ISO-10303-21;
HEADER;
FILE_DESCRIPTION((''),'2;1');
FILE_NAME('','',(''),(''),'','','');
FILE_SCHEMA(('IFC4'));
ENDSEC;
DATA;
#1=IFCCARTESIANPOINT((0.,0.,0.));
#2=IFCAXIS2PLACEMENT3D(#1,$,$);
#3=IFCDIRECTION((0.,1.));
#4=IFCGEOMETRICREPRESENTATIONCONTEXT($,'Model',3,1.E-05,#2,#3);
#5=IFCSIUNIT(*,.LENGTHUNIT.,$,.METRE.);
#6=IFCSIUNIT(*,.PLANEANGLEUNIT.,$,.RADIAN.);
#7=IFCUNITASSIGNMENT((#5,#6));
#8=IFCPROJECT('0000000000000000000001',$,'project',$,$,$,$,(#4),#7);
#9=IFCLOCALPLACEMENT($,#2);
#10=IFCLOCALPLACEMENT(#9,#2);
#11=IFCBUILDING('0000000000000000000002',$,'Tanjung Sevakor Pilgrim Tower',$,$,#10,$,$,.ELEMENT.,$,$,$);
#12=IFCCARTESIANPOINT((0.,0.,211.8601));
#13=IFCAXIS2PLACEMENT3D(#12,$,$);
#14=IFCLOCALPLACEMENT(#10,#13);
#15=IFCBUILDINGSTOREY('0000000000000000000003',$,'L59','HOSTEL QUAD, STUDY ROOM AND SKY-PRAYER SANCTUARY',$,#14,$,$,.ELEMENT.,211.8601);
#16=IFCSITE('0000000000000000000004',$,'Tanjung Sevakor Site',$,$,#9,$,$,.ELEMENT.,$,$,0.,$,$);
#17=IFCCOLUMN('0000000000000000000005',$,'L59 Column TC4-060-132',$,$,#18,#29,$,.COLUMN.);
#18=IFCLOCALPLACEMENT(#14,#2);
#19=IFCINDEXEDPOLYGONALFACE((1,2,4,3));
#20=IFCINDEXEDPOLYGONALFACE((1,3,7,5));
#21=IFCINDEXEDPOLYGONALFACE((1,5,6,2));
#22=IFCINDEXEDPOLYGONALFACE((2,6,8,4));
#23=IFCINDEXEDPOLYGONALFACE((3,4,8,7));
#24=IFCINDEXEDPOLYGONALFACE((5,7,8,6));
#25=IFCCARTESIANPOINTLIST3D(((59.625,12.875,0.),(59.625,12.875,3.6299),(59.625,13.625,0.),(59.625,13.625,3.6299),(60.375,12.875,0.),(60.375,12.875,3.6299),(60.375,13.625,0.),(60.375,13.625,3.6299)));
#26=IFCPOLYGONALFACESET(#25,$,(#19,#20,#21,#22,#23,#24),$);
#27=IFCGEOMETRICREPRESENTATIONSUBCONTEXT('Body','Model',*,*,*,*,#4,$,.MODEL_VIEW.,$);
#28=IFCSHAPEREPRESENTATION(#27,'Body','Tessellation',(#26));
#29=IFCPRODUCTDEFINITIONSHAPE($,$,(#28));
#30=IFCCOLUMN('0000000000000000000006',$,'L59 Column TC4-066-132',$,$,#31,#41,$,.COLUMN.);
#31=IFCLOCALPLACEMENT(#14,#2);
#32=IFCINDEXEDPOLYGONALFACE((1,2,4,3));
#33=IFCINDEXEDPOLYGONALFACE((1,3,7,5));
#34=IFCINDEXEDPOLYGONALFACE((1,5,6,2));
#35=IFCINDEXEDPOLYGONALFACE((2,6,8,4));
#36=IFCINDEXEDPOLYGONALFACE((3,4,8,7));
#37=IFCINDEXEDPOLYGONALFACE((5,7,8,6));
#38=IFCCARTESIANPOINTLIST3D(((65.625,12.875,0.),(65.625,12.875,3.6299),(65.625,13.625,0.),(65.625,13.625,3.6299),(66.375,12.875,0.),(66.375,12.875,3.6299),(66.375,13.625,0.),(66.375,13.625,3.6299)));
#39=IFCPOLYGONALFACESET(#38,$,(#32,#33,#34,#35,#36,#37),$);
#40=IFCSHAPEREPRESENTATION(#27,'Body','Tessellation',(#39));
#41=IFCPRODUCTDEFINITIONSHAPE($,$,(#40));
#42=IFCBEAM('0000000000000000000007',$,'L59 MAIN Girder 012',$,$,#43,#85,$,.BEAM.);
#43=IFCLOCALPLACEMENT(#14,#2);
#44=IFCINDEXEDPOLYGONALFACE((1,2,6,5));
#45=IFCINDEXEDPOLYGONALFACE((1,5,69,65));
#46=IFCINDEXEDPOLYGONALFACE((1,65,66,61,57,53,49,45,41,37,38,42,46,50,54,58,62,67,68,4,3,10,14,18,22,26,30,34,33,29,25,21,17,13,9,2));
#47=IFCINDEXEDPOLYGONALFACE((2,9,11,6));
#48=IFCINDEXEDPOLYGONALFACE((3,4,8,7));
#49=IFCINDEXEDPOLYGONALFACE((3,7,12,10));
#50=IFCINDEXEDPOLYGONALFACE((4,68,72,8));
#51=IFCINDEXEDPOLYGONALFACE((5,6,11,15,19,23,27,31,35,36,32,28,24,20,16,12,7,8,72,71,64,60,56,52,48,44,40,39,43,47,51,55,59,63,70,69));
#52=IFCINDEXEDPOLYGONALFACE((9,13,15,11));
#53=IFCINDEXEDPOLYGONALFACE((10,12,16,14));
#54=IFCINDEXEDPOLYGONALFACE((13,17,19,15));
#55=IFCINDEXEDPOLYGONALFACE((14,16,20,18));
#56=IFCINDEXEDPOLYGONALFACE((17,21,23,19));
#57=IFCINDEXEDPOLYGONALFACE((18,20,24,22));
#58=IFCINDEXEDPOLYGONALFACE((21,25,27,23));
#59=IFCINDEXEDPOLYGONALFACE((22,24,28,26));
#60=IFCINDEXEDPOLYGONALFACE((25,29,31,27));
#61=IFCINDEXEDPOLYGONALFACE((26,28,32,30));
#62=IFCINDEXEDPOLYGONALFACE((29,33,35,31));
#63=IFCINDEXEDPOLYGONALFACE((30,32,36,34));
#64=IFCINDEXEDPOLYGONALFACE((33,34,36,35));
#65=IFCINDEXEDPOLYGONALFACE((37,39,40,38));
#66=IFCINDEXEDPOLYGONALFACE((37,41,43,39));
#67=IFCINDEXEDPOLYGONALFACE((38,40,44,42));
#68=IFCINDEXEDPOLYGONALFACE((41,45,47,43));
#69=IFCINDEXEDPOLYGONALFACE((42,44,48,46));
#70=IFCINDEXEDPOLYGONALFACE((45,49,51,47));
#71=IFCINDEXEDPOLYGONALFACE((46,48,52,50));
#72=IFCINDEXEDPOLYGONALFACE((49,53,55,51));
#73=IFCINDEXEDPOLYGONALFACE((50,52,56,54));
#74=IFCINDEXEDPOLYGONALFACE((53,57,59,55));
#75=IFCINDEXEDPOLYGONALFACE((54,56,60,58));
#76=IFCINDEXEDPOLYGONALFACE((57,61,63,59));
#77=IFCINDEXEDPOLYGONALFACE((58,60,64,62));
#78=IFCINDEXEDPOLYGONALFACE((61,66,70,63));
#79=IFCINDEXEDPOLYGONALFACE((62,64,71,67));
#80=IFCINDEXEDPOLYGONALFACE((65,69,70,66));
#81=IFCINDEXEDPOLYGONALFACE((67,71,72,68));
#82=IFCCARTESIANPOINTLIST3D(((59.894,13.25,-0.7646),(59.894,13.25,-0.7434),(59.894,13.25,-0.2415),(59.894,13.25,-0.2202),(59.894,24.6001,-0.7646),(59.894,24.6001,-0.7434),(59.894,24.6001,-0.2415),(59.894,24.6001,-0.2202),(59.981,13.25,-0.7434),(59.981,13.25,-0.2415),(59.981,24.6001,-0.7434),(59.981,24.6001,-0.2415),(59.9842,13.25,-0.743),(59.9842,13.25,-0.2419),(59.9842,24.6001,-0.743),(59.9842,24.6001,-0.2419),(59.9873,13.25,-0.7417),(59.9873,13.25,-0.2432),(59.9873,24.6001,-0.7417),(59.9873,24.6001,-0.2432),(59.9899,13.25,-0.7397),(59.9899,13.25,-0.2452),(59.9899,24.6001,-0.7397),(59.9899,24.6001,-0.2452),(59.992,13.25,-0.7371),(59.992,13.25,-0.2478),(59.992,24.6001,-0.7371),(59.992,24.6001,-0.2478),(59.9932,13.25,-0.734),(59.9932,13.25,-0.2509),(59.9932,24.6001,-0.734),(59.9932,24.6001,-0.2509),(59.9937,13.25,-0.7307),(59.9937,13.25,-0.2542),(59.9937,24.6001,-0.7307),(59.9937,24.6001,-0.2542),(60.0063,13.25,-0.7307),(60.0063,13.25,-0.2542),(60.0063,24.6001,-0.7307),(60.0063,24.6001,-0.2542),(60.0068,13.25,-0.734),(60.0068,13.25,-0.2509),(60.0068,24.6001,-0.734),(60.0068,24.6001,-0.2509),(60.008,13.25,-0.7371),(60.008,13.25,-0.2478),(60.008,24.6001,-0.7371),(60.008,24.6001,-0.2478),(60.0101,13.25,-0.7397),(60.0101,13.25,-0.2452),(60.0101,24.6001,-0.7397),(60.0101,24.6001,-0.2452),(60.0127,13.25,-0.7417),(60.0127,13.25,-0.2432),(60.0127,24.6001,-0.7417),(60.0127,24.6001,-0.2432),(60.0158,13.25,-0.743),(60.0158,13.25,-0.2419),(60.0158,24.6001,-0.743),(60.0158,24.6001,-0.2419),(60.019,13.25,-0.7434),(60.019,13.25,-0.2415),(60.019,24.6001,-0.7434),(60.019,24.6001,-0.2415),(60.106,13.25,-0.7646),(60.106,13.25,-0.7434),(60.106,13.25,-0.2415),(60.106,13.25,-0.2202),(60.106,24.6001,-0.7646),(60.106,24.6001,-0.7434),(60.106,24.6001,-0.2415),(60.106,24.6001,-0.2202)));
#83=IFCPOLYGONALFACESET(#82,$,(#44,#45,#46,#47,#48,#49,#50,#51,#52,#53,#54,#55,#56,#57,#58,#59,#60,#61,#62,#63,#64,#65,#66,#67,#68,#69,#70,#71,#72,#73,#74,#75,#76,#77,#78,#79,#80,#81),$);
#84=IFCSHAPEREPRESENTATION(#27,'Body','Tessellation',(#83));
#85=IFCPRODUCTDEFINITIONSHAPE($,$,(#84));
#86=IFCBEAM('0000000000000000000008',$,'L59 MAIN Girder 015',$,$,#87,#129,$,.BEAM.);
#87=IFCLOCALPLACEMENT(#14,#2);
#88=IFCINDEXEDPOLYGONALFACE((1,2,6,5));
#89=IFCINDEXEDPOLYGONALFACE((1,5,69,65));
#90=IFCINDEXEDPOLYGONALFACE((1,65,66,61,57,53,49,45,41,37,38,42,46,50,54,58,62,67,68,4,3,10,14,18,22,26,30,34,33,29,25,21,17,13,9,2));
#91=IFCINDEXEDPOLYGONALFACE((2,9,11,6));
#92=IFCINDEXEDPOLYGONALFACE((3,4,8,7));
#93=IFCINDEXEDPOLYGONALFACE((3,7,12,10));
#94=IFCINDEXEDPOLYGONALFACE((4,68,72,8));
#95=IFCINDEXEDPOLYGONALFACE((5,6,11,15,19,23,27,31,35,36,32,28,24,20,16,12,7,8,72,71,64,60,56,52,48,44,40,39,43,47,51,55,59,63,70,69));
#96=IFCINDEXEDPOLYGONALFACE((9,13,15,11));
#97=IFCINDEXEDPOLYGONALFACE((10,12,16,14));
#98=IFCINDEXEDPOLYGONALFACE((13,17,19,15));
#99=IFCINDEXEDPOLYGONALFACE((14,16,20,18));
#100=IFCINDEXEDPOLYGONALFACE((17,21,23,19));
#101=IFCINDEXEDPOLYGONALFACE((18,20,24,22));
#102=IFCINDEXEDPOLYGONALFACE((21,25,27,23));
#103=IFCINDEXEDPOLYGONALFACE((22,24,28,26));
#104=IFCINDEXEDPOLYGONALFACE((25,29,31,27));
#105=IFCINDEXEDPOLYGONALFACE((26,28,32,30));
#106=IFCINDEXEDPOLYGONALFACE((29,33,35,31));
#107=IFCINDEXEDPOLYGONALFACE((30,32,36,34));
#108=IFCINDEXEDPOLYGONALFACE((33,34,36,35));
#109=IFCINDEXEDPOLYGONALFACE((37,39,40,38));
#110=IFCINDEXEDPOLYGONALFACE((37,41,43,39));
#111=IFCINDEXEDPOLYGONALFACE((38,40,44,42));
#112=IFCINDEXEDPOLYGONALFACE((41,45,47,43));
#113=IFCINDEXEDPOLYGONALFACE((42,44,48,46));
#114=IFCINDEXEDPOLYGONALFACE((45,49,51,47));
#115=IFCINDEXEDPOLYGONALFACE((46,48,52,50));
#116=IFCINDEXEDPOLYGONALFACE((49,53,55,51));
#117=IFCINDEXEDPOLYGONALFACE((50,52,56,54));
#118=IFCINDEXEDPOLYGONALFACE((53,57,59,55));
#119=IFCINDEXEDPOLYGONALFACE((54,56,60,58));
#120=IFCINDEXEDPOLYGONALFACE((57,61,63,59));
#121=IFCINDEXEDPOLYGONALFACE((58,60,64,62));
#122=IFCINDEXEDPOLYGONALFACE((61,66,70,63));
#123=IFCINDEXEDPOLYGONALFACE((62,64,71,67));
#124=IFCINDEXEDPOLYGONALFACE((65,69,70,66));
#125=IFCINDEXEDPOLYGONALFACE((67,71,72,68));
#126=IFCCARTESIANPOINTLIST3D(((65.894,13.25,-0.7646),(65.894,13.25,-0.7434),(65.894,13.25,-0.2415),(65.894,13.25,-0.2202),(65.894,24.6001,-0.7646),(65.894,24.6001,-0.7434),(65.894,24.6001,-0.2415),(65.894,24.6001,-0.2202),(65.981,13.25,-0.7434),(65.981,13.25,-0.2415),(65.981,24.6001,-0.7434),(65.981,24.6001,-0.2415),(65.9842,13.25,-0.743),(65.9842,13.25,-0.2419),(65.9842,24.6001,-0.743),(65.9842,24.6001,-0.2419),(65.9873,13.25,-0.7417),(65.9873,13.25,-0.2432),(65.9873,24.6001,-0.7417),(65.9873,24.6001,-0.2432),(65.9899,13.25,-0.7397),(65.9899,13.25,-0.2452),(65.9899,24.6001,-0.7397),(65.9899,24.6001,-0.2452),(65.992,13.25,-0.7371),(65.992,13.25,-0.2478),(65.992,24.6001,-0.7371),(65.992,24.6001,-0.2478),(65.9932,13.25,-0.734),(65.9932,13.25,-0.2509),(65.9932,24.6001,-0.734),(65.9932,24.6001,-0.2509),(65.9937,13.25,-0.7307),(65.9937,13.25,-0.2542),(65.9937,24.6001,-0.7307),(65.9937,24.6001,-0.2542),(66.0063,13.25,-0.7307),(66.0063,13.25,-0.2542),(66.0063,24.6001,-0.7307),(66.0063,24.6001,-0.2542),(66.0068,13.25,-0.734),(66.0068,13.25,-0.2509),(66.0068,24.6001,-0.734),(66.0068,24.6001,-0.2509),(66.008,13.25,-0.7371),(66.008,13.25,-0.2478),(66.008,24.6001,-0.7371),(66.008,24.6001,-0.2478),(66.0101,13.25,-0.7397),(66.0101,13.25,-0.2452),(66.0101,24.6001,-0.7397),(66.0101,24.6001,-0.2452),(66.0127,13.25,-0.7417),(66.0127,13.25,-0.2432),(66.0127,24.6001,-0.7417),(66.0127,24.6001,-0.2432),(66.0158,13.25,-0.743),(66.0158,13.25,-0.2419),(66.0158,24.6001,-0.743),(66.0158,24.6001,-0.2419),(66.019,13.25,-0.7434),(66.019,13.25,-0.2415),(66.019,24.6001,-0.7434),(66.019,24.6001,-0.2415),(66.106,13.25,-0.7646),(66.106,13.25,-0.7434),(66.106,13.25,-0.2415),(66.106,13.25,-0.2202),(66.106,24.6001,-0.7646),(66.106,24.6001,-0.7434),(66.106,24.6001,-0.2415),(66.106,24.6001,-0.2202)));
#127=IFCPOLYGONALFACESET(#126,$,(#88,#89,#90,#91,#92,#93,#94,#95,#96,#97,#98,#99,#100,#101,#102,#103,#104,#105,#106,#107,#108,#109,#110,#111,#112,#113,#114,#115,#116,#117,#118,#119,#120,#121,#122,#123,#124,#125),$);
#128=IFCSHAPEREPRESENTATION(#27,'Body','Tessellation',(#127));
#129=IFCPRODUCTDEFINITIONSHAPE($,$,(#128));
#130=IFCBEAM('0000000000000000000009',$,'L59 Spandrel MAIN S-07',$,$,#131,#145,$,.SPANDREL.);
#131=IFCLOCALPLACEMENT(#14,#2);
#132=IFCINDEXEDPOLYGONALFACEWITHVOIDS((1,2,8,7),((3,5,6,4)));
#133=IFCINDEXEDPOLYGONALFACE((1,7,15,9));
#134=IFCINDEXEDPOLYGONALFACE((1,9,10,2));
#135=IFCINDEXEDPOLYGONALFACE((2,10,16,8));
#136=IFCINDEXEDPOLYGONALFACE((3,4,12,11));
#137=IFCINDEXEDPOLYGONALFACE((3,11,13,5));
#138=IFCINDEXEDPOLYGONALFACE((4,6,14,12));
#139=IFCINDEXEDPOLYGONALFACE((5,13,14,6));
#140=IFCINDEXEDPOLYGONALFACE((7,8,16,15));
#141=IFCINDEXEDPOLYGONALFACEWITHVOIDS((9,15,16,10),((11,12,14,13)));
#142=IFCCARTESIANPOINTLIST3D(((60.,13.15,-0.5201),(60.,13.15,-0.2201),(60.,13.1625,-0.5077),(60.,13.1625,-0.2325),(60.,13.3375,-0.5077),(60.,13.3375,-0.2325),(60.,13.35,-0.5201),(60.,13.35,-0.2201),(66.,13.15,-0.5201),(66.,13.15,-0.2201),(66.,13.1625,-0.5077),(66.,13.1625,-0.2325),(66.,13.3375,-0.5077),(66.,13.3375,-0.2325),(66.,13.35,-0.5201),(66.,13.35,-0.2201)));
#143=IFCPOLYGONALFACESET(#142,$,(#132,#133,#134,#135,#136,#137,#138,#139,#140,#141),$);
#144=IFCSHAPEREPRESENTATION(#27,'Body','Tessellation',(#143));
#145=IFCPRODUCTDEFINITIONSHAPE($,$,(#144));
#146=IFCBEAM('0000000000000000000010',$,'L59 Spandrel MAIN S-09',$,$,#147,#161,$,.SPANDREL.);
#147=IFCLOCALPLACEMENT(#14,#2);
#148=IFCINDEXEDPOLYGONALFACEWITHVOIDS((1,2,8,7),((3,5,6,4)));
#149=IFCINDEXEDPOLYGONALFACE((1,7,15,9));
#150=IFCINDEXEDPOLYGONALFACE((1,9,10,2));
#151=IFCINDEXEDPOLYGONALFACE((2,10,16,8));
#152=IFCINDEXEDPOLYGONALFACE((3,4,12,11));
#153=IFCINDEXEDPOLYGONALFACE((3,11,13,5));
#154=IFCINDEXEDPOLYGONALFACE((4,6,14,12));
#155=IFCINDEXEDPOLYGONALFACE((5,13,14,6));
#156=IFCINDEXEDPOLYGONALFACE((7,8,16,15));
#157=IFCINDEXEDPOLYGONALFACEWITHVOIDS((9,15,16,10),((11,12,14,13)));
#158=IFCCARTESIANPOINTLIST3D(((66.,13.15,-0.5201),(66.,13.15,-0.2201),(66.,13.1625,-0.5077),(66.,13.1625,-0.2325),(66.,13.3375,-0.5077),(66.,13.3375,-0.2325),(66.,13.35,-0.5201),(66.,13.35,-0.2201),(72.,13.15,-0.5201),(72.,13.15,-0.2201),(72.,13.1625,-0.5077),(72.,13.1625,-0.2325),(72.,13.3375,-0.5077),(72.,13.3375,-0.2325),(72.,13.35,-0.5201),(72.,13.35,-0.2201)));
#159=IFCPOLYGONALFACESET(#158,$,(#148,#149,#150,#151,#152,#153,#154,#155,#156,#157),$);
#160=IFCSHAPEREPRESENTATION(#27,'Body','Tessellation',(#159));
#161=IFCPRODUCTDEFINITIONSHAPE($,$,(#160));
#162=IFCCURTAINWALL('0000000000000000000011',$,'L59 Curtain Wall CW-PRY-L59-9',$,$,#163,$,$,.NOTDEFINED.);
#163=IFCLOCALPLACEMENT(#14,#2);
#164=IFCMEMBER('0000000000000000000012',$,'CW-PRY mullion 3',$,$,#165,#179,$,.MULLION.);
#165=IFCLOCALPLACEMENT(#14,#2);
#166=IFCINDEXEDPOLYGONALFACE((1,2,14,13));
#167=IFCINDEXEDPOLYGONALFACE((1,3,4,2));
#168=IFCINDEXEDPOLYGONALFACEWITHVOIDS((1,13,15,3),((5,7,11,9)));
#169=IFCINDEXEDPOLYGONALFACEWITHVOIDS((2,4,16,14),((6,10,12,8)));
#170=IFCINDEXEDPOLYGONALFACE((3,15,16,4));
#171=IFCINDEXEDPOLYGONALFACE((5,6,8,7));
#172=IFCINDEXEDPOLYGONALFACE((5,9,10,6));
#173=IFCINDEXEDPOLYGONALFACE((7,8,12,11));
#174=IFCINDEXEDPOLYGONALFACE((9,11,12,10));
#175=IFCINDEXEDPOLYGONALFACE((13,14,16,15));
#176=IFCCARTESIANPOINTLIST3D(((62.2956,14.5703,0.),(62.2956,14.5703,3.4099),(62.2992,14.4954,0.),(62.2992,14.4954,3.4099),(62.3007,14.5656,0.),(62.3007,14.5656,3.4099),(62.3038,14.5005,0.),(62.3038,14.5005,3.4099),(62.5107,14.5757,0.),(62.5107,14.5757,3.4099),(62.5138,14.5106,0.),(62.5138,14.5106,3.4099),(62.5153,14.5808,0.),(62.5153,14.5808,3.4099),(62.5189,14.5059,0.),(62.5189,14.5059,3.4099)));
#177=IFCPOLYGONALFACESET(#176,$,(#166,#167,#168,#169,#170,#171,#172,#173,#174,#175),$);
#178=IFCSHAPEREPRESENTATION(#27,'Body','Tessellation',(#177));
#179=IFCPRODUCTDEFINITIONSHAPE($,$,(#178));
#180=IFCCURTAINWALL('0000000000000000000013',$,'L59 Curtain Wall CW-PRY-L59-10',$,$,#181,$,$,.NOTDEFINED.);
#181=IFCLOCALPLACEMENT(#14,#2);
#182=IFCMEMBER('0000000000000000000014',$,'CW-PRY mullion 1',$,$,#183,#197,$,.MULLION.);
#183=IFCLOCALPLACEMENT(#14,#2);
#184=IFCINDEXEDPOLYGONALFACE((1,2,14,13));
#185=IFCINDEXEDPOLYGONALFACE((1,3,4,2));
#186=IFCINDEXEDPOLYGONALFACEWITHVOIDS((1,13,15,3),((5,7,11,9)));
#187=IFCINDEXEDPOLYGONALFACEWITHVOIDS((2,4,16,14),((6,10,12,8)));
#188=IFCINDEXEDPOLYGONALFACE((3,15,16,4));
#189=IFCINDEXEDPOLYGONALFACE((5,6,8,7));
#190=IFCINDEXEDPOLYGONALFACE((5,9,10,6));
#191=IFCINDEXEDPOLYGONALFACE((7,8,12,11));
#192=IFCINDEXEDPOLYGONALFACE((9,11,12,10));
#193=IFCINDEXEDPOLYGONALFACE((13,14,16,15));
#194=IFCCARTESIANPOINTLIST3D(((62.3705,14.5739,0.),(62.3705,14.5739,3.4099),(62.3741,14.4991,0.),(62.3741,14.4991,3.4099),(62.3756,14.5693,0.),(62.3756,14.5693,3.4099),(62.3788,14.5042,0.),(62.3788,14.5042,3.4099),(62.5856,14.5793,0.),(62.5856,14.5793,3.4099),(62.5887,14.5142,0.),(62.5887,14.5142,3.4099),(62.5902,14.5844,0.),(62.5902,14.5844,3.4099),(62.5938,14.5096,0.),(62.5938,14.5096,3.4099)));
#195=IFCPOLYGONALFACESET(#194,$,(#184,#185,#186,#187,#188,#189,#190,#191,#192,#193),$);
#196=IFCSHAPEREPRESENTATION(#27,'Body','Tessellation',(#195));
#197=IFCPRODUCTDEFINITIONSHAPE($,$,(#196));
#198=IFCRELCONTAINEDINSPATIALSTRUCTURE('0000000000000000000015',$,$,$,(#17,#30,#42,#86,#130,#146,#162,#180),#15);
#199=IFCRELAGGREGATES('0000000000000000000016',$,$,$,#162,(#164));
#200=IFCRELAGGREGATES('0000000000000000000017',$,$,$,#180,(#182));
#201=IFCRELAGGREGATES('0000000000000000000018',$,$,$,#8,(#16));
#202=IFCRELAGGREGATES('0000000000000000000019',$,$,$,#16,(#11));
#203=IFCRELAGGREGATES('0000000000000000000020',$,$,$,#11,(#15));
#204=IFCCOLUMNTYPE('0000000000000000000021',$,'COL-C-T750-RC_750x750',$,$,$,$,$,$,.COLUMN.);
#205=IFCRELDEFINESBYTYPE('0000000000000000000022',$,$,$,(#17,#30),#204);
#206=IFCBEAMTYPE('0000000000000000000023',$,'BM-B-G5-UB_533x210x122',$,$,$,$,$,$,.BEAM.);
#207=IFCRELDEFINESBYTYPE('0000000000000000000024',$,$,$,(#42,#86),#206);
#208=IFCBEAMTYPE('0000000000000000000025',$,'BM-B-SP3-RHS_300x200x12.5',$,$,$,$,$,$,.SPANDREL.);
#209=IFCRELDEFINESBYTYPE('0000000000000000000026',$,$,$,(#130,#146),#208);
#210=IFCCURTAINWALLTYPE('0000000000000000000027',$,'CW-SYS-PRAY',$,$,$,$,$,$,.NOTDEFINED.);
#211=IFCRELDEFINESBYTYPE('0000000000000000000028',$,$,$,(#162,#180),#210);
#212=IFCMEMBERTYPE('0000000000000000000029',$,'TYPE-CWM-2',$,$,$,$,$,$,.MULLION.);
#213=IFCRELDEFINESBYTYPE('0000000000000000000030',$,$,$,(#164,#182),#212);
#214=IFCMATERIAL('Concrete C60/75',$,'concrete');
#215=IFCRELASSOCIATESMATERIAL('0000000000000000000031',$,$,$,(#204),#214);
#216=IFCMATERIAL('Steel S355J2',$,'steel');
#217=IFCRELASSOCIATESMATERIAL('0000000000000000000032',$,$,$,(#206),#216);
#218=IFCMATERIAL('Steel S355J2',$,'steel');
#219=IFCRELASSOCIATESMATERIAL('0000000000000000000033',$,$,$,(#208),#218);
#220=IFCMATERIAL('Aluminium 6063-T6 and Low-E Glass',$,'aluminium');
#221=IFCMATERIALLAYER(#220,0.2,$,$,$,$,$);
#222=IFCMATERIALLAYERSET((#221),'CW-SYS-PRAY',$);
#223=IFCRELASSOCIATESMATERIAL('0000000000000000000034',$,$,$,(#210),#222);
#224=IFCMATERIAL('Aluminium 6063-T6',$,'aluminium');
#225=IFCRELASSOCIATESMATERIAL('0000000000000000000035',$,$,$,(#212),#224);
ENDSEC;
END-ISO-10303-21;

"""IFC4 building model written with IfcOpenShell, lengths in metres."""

from ifc_helpers import new_model, si_unit, direction, frame, origin, origin_2d, place, context, subcontext, project, spatial, rectangle, hollow_rectangle, i_section, extrude, material, layer, layer_set, material_profile, profile_set, type_object, element, aggregate, save


model = new_model("IFC4")

# Units and contexts
model_context = context("Model", 3, precision=1e-05, world=origin(), true_north=direction((0.0, 1.0)))
body_context = subcontext(model_context, "Body", "Model", "MODEL_VIEW")
ifc_project = project(units=[si_unit("LENGTHUNIT", "METRE"), si_unit("PLANEANGLEUNIT", "RADIAN")], contexts=[model_context])

# Site, building, storey
site_placement = place(None, origin())
site = spatial("IfcSite", under=ifc_project, at=site_placement, Name="Tanjung Sevakor Site", CompositionType="ELEMENT", RefElevation=0.0)
building_placement = place(site_placement, origin())
building = spatial("IfcBuilding", under=site, at=building_placement, Name="Tanjung Sevakor Pilgrim Tower", CompositionType="ELEMENT")
storey_placement = place(building_placement, frame((0.0, 0.0, 211.8601)))
storey = spatial("IfcBuildingStorey", under=building, at=storey_placement, Name="L59", Description="HOSTEL QUAD, STUDY ROOM AND SKY-PRAYER SANCTUARY", CompositionType="ELEMENT", Elevation=211.8601)

# Columns
ifc_material_1 = material(Name="Concrete C60/75", Category="concrete")
ifc_material_profile_1 = material_profile(ifc_material_1, rectangle(XDim=0.75, YDim=0.75, at=origin_2d()))
ifc_profile_set_1 = profile_set([ifc_material_profile_1], Name="Concrete C60/75")
column_type = type_object("IfcColumnType", Name="COL-C-T750-RC_750x750", PredefinedType="COLUMN", material=ifc_profile_set_1)
for number, where, z_axis, x_axis, name in (
    (1, (60.0, 13.25, 0.0), (0.0, 0.0, 1.0), (1.0, 0.0, 0.0), "L59 Column TC4-060-132"),
    (2, (66.0, 13.25, 0.0), (0.0, 0.0, 1.0), (1.0, 0.0, 0.0), "L59 Column TC4-066-132"),
):
    element("IfcColumn", number, at=place(storey_placement, frame(where, z_axis=z_axis, x_axis=x_axis)), inside=storey, type_object=column_type, Name=name, PredefinedType="COLUMN", context=body_context, shape_type="SweptSolid", body=[
        extrude(rectangle(XDim=0.75, YDim=0.75, at=origin_2d()), origin(), (0.0, 0.0, 1.0), 3.6299),
    ])

# Beams
ifc_material_2 = material(Name="Steel S355J2", Category="steel")
ifc_material_profile_2 = material_profile(ifc_material_2, i_section(OverallWidth=0.2119, OverallDepth=0.5444, WebThickness=0.0127, FlangeThickness=0.0212, FilletRadius=0.0127, at=origin_2d()))
ifc_profile_set_2 = profile_set([ifc_material_profile_2], Name="Steel S355J2")
beam_type_1 = type_object("IfcBeamType", Name="BM-B-G5-UB_533x210x122", PredefinedType="BEAM", material=ifc_profile_set_2)
for number, where, z_axis, x_axis, name in (
    (3, (60.0, 13.25, -0.4924), (0.0, 1.0, 0.0), (-1.0, 0.0, 0.0), "L59 MAIN Girder 012"),
    (4, (66.0, 13.25, -0.4924), (0.0, 1.0, 0.0), (-1.0, 0.0, 0.0), "L59 MAIN Girder 015"),
):
    element("IfcBeam", number, at=place(storey_placement, frame(where, z_axis=z_axis, x_axis=x_axis)), inside=storey, type_object=beam_type_1, Name=name, PredefinedType="BEAM", context=body_context, shape_type="SweptSolid", body=[
        extrude(i_section(OverallWidth=0.2119, OverallDepth=0.5444, WebThickness=0.0127, FlangeThickness=0.0212, FilletRadius=0.0127, at=origin_2d()), origin(), (0.0, 0.0, 1.0), 11.3501),
    ])
ifc_material_3 = material(Name="Steel S355J2", Category="steel")
ifc_material_profile_3 = material_profile(ifc_material_3, hollow_rectangle(XDim=0.2, YDim=0.3, WallThickness=0.0125, at=origin_2d()))
ifc_profile_set_3 = profile_set([ifc_material_profile_3], Name="Steel S355J2")
beam_type_2 = type_object("IfcBeamType", Name="BM-B-SP3-RHS_300x200x12.5", PredefinedType="SPANDREL", material=ifc_profile_set_3)
for number, where, z_axis, x_axis, name in (
    (5, (60.0, 13.25, -0.3701), (1.0, 0.0, 0.0), (0.0, 1.0, 0.0), "L59 Spandrel MAIN S-07"),
    (6, (66.0, 13.25, -0.3701), (1.0, 0.0, 0.0), (0.0, 1.0, 0.0), "L59 Spandrel MAIN S-09"),
):
    element("IfcBeam", number, at=place(storey_placement, frame(where, z_axis=z_axis, x_axis=x_axis)), inside=storey, type_object=beam_type_2, Name=name, PredefinedType="SPANDREL", context=body_context, shape_type="SweptSolid", body=[
        extrude(hollow_rectangle(XDim=0.2, YDim=0.3, WallThickness=0.0125, at=origin_2d()), origin(), (0.0, 0.0, 1.0), 6.0),
    ])

# Curtain wall, member
ifc_material_4 = material(Name="Aluminium 6063-T6 and Low-E Glass", Category="aluminium")
ifc_layer_1 = layer(ifc_material_4, 0.2)
ifc_layer_set_1 = layer_set([ifc_layer_1], Name="CW-SYS-PRAY")
curtain_wall_type = type_object("IfcCurtainWallType", Name="CW-SYS-PRAY", PredefinedType="NOTDEFINED", material=ifc_layer_set_1)
curtain_wall_1_placement = place(storey_placement, origin())
curtain_wall_1 = element("IfcCurtainWall", 7, at=curtain_wall_1_placement, inside=storey, type_object=curtain_wall_type, Name="L59 Curtain Wall CW-PRY-L59-9", PredefinedType="NOTDEFINED")
ifc_material_5 = material(Name="Aluminium 6063-T6", Category="aluminium")
ifc_material_profile_4 = material_profile(ifc_material_5, hollow_rectangle(XDim=0.075, YDim=0.22, WallThickness=0.0049, at=origin_2d()))
ifc_profile_set_4 = profile_set([ifc_material_profile_4], Name="Aluminium 6063-T6")
member_type_1 = type_object("IfcMemberType", Name="TYPE-CWM-2", PredefinedType="MULLION", material=ifc_profile_set_4)
member_1_placement = place(storey_placement, frame((62.4072, 14.5381, 0.0), z_axis=(0.0, 0.0, 1.0), x_axis=(-0.047794, 0.998857, 0.0)))
member_1 = element("IfcMember", 8, at=member_1_placement, type_object=member_type_1, Name="CW-PRY mullion 3", PredefinedType="MULLION", context=body_context, shape_type="SweptSolid", body=[
    extrude(hollow_rectangle(XDim=0.075, YDim=0.22, WallThickness=0.0049, at=origin_2d()), origin(), (0.0, 0.0, 1.0), 3.4099),
])

# Curtain wall, member
curtain_wall_2_placement = place(storey_placement, origin())
curtain_wall_2 = element("IfcCurtainWall", 9, at=curtain_wall_2_placement, inside=storey, type_object=curtain_wall_type, Name="L59 Curtain Wall CW-PRY-L59-10", PredefinedType="NOTDEFINED")
member_2_placement = place(storey_placement, frame((62.4822, 14.5417, 0.0), z_axis=(0.0, 0.0, 1.0), x_axis=(-0.047787, 0.998858, 0.0)))
member_2 = element("IfcMember", 10, at=member_2_placement, type_object=member_type_1, Name="CW-PRY mullion 1", PredefinedType="MULLION", context=body_context, shape_type="SweptSolid", body=[
    extrude(hollow_rectangle(XDim=0.075, YDim=0.22, WallThickness=0.0049, at=origin_2d()), origin(), (0.0, 0.0, 1.0), 3.4099),
])

aggregate(curtain_wall_1, [member_1])
aggregate(curtain_wall_2, [member_2])

save(model, "model.ifc")
